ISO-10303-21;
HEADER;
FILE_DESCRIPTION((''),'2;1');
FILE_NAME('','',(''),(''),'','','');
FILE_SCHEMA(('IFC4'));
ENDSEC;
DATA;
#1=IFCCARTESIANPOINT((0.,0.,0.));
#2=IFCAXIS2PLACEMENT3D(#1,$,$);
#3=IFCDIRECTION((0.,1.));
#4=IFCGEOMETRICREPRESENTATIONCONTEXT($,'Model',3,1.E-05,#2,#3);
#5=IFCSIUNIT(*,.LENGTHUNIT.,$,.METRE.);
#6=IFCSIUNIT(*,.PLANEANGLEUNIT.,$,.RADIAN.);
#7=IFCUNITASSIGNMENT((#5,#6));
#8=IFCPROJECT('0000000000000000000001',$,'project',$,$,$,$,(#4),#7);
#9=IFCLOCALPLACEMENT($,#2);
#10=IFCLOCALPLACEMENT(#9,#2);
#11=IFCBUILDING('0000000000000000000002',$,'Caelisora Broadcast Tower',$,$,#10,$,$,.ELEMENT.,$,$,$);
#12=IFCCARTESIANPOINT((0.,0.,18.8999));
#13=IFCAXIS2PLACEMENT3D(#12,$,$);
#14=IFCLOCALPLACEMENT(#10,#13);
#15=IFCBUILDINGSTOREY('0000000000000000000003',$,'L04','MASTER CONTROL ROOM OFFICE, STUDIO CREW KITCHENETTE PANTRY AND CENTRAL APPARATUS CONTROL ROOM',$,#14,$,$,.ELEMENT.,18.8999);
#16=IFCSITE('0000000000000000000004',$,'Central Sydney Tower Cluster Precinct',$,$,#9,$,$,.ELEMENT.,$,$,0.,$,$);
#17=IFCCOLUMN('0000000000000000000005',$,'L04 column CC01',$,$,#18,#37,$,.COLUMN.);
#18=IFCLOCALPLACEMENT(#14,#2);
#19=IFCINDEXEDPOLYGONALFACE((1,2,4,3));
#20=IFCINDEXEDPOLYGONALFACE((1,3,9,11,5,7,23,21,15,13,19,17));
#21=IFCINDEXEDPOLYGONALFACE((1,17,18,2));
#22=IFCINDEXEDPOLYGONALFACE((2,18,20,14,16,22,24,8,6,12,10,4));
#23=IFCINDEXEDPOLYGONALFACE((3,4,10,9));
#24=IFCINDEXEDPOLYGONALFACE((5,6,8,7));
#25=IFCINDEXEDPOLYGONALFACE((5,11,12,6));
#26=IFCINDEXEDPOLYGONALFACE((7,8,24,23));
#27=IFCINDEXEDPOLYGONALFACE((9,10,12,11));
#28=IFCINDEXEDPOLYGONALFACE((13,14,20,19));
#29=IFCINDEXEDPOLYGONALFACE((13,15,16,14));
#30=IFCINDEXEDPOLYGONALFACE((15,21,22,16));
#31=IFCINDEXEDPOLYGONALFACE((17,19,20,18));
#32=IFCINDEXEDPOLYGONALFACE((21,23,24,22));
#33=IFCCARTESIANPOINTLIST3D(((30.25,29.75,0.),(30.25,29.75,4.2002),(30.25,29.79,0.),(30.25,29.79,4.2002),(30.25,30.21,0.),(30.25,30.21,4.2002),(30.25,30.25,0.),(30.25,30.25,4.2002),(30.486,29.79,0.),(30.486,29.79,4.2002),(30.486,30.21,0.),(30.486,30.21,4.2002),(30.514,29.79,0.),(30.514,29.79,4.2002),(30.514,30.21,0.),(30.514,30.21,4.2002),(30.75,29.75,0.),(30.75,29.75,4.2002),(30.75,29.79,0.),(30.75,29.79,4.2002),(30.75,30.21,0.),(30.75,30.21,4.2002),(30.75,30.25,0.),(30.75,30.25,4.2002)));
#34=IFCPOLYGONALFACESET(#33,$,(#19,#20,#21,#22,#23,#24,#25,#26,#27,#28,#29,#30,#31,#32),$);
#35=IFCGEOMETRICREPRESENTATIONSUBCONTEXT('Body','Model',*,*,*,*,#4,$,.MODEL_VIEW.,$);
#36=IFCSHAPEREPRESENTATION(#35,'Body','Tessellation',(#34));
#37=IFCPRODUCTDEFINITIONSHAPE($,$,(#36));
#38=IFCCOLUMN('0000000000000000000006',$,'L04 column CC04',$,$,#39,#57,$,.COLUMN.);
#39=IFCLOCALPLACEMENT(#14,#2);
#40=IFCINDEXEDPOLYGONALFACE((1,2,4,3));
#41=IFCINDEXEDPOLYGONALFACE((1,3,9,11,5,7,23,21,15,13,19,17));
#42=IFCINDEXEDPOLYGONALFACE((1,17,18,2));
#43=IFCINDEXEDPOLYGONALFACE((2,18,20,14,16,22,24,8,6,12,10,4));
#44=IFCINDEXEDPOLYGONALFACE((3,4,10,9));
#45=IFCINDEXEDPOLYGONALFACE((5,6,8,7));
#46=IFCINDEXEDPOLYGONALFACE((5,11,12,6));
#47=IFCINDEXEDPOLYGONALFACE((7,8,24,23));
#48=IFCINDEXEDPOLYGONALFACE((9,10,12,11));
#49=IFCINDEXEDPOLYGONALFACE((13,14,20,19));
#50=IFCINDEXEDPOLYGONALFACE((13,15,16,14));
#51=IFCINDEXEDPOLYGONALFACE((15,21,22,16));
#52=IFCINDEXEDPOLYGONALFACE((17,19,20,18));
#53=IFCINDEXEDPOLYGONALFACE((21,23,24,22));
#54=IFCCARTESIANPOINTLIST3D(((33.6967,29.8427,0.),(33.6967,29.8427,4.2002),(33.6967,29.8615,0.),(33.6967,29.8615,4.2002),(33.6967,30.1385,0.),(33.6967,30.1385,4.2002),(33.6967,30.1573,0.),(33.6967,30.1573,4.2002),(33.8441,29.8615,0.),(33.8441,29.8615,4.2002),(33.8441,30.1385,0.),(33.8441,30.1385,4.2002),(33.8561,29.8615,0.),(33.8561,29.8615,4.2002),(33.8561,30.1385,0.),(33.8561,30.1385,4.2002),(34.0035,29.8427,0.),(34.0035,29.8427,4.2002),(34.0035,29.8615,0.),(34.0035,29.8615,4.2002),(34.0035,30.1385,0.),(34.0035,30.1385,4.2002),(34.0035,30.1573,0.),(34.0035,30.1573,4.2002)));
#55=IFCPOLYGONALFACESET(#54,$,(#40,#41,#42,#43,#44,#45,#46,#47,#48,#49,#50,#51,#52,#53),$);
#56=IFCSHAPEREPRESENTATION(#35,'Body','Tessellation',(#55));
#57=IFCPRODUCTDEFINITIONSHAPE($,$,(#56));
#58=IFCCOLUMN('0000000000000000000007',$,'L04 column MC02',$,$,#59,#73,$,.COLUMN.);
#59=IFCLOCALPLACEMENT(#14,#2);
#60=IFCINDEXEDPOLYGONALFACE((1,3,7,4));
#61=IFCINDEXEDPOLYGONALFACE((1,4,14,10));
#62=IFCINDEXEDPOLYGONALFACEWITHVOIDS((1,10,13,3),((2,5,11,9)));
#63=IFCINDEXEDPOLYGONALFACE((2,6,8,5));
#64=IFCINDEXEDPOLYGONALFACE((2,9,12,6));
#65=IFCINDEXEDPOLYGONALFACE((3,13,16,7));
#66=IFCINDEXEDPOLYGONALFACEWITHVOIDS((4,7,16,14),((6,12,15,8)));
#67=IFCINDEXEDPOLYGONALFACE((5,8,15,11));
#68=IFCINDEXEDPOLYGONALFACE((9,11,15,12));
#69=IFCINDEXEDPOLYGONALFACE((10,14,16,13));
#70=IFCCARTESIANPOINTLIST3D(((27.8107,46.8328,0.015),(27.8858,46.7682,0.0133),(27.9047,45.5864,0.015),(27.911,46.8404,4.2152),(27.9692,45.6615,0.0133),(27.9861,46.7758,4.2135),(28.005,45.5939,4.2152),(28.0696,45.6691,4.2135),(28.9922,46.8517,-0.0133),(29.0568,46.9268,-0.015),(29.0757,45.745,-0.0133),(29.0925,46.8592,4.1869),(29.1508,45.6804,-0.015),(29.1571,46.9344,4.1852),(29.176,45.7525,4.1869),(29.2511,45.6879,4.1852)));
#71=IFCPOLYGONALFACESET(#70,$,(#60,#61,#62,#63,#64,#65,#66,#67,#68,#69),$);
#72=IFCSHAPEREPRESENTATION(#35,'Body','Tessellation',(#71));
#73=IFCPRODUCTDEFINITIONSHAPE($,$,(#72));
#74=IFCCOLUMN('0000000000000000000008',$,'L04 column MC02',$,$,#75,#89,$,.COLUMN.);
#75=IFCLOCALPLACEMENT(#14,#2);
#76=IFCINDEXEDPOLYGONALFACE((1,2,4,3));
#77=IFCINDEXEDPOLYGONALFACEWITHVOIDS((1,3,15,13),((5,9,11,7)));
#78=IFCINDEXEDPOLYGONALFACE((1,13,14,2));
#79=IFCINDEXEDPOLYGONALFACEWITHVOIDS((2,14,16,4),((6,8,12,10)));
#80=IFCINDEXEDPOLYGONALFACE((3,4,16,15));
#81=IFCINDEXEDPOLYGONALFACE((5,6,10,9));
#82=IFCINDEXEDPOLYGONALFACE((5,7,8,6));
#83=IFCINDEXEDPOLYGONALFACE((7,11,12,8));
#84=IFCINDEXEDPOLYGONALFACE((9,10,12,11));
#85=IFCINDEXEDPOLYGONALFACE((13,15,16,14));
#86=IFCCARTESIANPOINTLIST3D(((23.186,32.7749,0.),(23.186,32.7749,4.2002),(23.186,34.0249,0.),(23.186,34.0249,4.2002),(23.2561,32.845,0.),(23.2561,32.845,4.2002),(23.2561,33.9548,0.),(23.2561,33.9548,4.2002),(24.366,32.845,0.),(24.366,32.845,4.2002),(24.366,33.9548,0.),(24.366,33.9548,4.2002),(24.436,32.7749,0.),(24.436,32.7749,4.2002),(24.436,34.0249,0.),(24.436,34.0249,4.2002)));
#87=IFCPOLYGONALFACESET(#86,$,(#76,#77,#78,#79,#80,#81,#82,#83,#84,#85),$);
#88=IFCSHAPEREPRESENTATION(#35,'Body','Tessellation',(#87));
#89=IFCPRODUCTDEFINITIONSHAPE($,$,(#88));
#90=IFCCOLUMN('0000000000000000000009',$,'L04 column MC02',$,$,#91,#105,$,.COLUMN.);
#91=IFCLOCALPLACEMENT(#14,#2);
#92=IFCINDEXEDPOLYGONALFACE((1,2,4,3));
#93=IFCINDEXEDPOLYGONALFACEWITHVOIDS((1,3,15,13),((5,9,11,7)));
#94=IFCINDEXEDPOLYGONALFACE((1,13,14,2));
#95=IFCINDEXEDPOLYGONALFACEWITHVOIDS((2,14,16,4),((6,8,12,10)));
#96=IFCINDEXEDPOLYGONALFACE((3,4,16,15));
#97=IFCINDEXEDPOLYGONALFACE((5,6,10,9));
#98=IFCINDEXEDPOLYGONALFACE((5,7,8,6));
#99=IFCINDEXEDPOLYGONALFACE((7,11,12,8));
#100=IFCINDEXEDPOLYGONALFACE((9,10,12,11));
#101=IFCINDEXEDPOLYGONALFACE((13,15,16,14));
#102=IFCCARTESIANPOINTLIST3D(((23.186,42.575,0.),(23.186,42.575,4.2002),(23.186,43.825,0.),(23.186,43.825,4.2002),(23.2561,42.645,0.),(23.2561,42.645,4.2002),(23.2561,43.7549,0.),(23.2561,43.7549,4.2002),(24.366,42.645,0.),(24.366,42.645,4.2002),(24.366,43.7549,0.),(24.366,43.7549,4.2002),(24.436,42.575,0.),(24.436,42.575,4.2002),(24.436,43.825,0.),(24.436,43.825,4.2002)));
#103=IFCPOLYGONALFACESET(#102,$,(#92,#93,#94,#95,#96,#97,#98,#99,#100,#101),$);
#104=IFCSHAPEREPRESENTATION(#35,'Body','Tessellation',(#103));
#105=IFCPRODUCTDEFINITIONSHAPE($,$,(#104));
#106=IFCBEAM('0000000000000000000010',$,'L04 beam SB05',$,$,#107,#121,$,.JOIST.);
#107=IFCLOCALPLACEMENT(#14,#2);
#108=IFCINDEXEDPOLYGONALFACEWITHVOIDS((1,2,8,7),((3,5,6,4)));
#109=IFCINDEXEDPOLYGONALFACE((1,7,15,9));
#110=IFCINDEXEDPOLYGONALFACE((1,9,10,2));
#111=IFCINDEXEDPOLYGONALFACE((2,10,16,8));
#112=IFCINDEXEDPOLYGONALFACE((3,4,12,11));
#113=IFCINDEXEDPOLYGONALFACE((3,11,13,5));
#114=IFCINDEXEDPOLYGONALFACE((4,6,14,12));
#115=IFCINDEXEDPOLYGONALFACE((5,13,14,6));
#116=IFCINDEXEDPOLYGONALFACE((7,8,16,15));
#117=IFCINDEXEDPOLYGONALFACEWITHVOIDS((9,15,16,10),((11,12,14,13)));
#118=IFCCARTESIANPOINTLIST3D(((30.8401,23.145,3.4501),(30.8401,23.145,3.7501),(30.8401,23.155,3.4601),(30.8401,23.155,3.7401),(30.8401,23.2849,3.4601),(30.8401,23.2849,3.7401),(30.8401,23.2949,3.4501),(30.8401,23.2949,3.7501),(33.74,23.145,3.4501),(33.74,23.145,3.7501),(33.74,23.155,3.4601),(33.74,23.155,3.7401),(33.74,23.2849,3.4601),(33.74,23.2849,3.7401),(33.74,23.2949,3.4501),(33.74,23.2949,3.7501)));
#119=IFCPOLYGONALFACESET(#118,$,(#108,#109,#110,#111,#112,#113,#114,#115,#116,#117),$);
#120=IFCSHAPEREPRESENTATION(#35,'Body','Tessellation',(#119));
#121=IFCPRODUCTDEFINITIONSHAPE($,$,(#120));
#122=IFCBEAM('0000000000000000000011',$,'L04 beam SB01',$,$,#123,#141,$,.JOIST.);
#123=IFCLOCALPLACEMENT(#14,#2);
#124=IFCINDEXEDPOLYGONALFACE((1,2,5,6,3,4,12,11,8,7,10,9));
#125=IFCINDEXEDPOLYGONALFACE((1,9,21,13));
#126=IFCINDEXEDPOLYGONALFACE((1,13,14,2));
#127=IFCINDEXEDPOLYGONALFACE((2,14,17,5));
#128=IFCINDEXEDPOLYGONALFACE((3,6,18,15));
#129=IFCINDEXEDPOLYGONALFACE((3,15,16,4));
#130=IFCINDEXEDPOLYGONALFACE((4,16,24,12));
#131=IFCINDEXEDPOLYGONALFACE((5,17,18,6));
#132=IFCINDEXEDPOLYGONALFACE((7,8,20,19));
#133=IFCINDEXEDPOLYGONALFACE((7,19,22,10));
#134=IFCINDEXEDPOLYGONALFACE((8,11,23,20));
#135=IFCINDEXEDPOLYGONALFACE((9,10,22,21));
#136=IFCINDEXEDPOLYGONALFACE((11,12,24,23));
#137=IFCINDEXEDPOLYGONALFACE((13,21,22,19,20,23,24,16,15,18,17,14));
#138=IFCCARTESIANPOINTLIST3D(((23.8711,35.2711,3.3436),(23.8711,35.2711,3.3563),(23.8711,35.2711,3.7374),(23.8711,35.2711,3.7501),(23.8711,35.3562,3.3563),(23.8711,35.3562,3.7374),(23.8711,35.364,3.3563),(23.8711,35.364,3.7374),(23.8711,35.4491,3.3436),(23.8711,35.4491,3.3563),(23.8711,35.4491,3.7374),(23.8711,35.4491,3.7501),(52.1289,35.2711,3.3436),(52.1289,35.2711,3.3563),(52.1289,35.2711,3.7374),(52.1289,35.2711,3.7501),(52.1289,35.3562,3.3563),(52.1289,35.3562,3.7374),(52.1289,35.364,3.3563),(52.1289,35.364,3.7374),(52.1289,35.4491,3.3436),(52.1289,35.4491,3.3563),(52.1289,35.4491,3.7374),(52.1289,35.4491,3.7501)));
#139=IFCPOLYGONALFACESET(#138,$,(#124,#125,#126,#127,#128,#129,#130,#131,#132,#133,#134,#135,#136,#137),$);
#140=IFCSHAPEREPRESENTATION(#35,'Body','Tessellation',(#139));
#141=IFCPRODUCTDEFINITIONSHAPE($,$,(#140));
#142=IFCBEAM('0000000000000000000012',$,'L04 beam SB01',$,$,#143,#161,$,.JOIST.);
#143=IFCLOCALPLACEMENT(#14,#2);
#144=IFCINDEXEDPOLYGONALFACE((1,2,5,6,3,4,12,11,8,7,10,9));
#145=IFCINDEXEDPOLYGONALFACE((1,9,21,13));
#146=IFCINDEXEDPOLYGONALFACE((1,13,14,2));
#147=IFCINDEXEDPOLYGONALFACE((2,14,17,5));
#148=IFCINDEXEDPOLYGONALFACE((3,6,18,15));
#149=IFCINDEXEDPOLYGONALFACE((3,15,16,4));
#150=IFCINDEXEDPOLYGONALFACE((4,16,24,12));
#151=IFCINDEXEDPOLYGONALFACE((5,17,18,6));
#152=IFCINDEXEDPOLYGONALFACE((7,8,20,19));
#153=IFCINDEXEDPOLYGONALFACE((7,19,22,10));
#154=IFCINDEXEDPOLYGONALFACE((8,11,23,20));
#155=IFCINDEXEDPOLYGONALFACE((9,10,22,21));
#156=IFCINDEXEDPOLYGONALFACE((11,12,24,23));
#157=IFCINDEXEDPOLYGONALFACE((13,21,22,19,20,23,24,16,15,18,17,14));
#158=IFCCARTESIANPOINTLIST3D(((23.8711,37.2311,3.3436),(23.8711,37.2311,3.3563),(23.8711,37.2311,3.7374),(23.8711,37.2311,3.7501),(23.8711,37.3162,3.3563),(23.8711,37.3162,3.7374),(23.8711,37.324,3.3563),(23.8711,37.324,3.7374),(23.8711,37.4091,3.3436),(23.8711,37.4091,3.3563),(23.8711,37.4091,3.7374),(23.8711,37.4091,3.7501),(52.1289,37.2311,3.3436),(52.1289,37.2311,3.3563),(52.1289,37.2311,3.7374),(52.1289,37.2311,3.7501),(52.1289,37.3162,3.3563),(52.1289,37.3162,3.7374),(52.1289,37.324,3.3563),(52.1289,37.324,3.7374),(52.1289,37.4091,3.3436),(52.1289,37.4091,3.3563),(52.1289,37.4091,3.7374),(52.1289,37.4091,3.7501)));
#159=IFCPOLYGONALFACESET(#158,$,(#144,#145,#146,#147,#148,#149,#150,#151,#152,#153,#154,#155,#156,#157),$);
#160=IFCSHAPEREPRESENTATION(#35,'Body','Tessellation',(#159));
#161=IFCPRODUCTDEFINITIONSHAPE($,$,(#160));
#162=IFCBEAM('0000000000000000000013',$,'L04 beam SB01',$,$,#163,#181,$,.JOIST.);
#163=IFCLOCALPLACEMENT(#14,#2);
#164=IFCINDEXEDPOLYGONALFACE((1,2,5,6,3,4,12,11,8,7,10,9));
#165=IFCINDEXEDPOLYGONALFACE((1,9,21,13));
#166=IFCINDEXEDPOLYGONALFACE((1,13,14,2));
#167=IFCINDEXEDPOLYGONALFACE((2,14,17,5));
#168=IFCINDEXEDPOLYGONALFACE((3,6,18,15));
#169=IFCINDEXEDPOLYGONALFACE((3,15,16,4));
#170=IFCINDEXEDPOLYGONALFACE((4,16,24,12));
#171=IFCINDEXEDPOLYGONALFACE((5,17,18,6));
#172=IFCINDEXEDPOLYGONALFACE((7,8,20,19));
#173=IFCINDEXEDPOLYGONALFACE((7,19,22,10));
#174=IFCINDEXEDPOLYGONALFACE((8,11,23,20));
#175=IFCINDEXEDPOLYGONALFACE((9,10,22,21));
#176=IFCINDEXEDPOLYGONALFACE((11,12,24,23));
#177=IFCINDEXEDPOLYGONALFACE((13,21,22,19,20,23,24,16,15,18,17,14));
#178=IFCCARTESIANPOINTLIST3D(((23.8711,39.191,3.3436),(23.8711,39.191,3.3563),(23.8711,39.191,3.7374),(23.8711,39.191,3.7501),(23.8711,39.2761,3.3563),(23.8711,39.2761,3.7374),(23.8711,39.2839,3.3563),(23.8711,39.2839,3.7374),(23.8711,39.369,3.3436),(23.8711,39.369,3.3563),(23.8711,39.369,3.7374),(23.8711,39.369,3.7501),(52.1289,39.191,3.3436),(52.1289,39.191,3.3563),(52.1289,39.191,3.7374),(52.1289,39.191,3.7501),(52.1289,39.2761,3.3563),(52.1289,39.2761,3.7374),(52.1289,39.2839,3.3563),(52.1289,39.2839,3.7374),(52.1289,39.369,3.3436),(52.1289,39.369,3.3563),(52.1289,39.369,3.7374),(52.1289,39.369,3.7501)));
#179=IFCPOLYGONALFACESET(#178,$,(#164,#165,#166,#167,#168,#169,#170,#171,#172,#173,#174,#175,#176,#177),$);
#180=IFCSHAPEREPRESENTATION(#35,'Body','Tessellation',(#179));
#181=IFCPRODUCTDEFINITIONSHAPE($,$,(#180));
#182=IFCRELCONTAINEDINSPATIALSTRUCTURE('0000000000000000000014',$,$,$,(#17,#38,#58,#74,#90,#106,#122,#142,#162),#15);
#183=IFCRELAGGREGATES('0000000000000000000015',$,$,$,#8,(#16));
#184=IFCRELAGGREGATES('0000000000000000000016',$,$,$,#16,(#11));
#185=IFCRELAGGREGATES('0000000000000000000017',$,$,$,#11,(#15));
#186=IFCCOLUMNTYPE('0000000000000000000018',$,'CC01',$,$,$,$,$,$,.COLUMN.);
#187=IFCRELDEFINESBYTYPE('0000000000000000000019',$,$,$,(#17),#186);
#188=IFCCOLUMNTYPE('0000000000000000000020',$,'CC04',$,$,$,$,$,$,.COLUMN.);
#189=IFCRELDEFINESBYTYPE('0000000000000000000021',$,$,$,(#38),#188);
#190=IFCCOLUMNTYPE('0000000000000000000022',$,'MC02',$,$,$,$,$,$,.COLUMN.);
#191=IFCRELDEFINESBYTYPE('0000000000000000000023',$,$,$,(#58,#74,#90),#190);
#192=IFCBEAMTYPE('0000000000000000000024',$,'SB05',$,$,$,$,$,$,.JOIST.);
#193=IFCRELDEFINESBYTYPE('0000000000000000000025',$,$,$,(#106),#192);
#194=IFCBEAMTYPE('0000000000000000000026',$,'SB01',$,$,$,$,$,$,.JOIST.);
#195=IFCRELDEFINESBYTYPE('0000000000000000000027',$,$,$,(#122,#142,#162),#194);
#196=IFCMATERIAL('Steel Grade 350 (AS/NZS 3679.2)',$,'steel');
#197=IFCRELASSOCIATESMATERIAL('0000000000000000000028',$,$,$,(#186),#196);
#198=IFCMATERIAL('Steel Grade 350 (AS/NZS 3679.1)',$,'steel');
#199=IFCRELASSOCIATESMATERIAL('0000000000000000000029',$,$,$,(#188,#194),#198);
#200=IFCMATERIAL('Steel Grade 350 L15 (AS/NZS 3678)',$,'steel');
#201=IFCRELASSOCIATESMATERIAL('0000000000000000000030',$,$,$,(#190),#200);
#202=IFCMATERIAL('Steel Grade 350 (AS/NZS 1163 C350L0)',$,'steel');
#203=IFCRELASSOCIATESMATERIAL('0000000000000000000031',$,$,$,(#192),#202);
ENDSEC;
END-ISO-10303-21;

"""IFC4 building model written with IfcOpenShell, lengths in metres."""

from ifc_helpers import new_model, si_unit, direction, frame, origin, origin_2d, place, context, subcontext, project, spatial, hollow_rectangle, i_section, extrude, source, transform, mapped, material, material_profile, profile_set, type_object, type_shapes, element, save


model = new_model("IFC4")

# Units and contexts
model_context = context("Model", 3, precision=1e-05, world=origin(), true_north=direction((0.0, 1.0)))
body_context = subcontext(model_context, "Body", "Model", "MODEL_VIEW")
ifc_project = project(units=[si_unit("LENGTHUNIT", "METRE"), si_unit("PLANEANGLEUNIT", "RADIAN")], contexts=[model_context])

# Site, building, storey
site_placement = place(None, origin())
site = spatial("IfcSite", under=ifc_project, at=site_placement, Name="Central Sydney Tower Cluster Precinct", CompositionType="ELEMENT", RefElevation=0.0)
building_placement = place(site_placement, origin())
building = spatial("IfcBuilding", under=site, at=building_placement, Name="Caelisora Broadcast Tower", CompositionType="ELEMENT")
storey_placement = place(building_placement, frame((0.0, 0.0, 18.8999)))
storey = spatial("IfcBuildingStorey", under=building, at=storey_placement, Name="L04", Description="MASTER CONTROL ROOM OFFICE, STUDIO CREW KITCHENETTE PANTRY AND CENTRAL APPARATUS CONTROL ROOM", CompositionType="ELEMENT", Elevation=18.8999)

# Columns
ifc_material_1 = material(Name="Steel Grade 350 (AS/NZS 3679.2)", Category="steel")
ifc_material_profile_1 = material_profile(ifc_material_1, i_section(OverallWidth=0.5, OverallDepth=0.5, WebThickness=0.0281, FlangeThickness=0.04, at=origin_2d()), Name="Steel Grade 350 (AS/NZS 3679.2)")
ifc_profile_set_1 = profile_set([ifc_material_profile_1], Name="Steel Grade 350 (AS/NZS 3679.2)")
column_type_1 = type_object("IfcColumnType", Name="CC01", PredefinedType="COLUMN", material=ifc_profile_set_1)
shared_shape_1 = source(origin(), body_context, "Body", "SweptSolid", [
    extrude(i_section(OverallWidth=0.5, OverallDepth=0.5, WebThickness=0.0281, FlangeThickness=0.04, at=origin_2d()), origin(), (0.0, 0.0, 1.0), 4.2002),
])
type_shapes(column_type_1, [shared_shape_1])
column_1_placement = place(storey_placement, frame((30.5, 30.0, 0.0), z_axis=(0.0, 0.0, 1.0), x_axis=(1.0, 0.0, 0.0)))
element("IfcColumn", 1, at=column_1_placement, inside=storey, type_object=column_type_1, Name="L04 column CC01", PredefinedType="COLUMN", context=body_context, shape_type="MappedRepresentation", body=[
    mapped(shared_shape_1, transform((0.0, 0.0, 0.0), scale=1.0)),
])
ifc_material_2 = material(Name="Steel Grade 350 (AS/NZS 3679.1)", Category="steel")
ifc_material_profile_2 = material_profile(ifc_material_2, i_section(OverallWidth=0.3069, OverallDepth=0.3147, WebThickness=0.012, FlangeThickness=0.0188, at=origin_2d()), Name="Steel Grade 350 (AS/NZS 3679.1)")
ifc_profile_set_2 = profile_set([ifc_material_profile_2], Name="Steel Grade 350 (AS/NZS 3679.1)")
column_type_2 = type_object("IfcColumnType", Name="CC04", PredefinedType="COLUMN", material=ifc_profile_set_2)
shared_shape_2 = source(origin(), body_context, "Body", "SweptSolid", [
    extrude(i_section(OverallWidth=0.3069, OverallDepth=0.3147, WebThickness=0.012, FlangeThickness=0.0188, at=origin_2d()), origin(), (0.0, 0.0, 1.0), 4.2002),
])
type_shapes(column_type_2, [shared_shape_2])
column_2_placement = place(storey_placement, frame((33.8501, 30.0, 0.0), z_axis=(0.0, 0.0, 1.0), x_axis=(1.0, 0.0, 0.0)))
element("IfcColumn", 2, at=column_2_placement, inside=storey, type_object=column_type_2, Name="L04 column CC04", PredefinedType="COLUMN", context=body_context, shape_type="MappedRepresentation", body=[
    mapped(shared_shape_2, transform((0.0, 0.0, 0.0), scale=1.0)),
])
ifc_material_3 = material(Name="Steel Grade 350 L15 (AS/NZS 3678)", Category="steel")
ifc_material_profile_3 = material_profile(ifc_material_3, hollow_rectangle(XDim=1.25, YDim=1.25, WallThickness=0.0701, at=origin_2d()), Name="Steel Grade 350 L15 (AS/NZS 3678)")
ifc_profile_set_3 = profile_set([ifc_material_profile_3], Name="Steel Grade 350 L15 (AS/NZS 3678)")
column_type_3 = type_object("IfcColumnType", Name="MC02", PredefinedType="COLUMN", material=ifc_profile_set_3)
shared_shape_3 = source(origin(), body_context, "Body", "SweptSolid", [
    extrude(hollow_rectangle(XDim=1.25, YDim=1.25, WallThickness=0.0701, at=origin_2d()), origin(), (0.0, 0.0, 1.0), 4.2014),
])
column_3_placement = place(storey_placement, frame((28.4807, 46.2566, 0.0), z_axis=(0.023883, 0.001801, 0.999713), x_axis=(-0.075212, 0.997168, 0.0)))
element("IfcColumn", 3, at=column_3_placement, inside=storey, type_object=column_type_3, Name="L04 column MC02", PredefinedType="COLUMN", context=body_context, shape_type="MappedRepresentation", body=[
    mapped(shared_shape_3, transform((0.0, 0.0, 0.0), scale=1.0)),
])
shared_shape_4 = source(origin(), body_context, "Body", "SweptSolid", [
    extrude(hollow_rectangle(XDim=1.25, YDim=1.25, WallThickness=0.0701, at=origin_2d()), origin(), (0.0, 0.0, 1.0), 4.2002),
])
type_shapes(column_type_3, [shared_shape_3, shared_shape_4])
for number, where, z_axis, x_axis, name in (
    (4, (23.811, 33.3999, 0.0), (0.0, 0.0, 1.0), (1.0, 0.0, 0.0), "L04 column MC02"),
    (5, (23.811, 43.2, 0.0), (0.0, 0.0, 1.0), (1.0, 0.0, 0.0), "L04 column MC02"),
):
    element("IfcColumn", number, at=place(storey_placement, frame(where, z_axis=z_axis, x_axis=x_axis)), inside=storey, type_object=column_type_3, Name=name, PredefinedType="COLUMN", context=body_context, shape_type="MappedRepresentation", body=[
        mapped(shared_shape_4, transform((0.0, 0.0, 0.0), scale=1.0)),
    ])

# Beams
ifc_material_4 = material(Name="Steel Grade 350 (AS/NZS 1163 C350L0)", Category="steel")
ifc_material_profile_4 = material_profile(ifc_material_4, hollow_rectangle(XDim=0.1499, YDim=0.3, WallThickness=0.01, at=origin_2d()), Name="Steel Grade 350 (AS/NZS 1163 C350L0)")
ifc_profile_set_4 = profile_set([ifc_material_profile_4], Name="Steel Grade 350 (AS/NZS 1163 C350L0)")
beam_type_1 = type_object("IfcBeamType", Name="SB05", PredefinedType="JOIST", material=ifc_profile_set_4)
shared_shape_5 = source(origin(), body_context, "Body", "SweptSolid", [
    extrude(hollow_rectangle(XDim=0.1499, YDim=0.3, WallThickness=0.01, at=origin_2d()), origin(), (0.0, 0.0, 1.0), 2.8999),
])
type_shapes(beam_type_1, [shared_shape_5])
beam_1_placement = place(storey_placement, frame((30.8401, 23.22, 3.6001), z_axis=(1.0, 0.0, 0.0), x_axis=(0.0, 1.0, 0.0)))
element("IfcBeam", 6, at=beam_1_placement, inside=storey, type_object=beam_type_1, Name="L04 beam SB05", PredefinedType="JOIST", context=body_context, shape_type="MappedRepresentation", body=[
    mapped(shared_shape_5, transform((0.0, 0.0, 0.0), scale=1.0)),
])
ifc_material_profile_5 = material_profile(ifc_material_2, i_section(OverallWidth=0.178, OverallDepth=0.4065, WebThickness=0.0078, FlangeThickness=0.0127, at=origin_2d()), Name="Steel Grade 350 (AS/NZS 3679.1)")
ifc_profile_set_5 = profile_set([ifc_material_profile_5], Name="Steel Grade 350 (AS/NZS 3679.1)")
beam_type_2 = type_object("IfcBeamType", Name="SB01", PredefinedType="JOIST", material=ifc_profile_set_5)
shared_shape_6 = source(origin(), body_context, "Body", "SweptSolid", [
    extrude(i_section(OverallWidth=0.178, OverallDepth=0.4065, WebThickness=0.0078, FlangeThickness=0.0127, at=origin_2d()), origin(), (0.0, 0.0, 1.0), 28.2578),
])
type_shapes(beam_type_2, [shared_shape_6])
for number, where, z_axis, x_axis, name in (
    (7, (23.8711, 35.3601, 3.5469), (1.0, 0.0, 0.0), (0.0, 1.0, 0.0), "L04 beam SB01"),
    (8, (23.8711, 37.3201, 3.5469), (1.0, 0.0, 0.0), (0.0, 1.0, 0.0), "L04 beam SB01"),
    (9, (23.8711, 39.28, 3.5469), (1.0, 0.0, 0.0), (0.0, 1.0, 0.0), "L04 beam SB01"),
):
    element("IfcBeam", number, at=place(storey_placement, frame(where, z_axis=z_axis, x_axis=x_axis)), inside=storey, type_object=beam_type_2, Name=name, PredefinedType="JOIST", context=body_context, shape_type="MappedRepresentation", body=[
        mapped(shared_shape_6, transform((0.0, 0.0, 0.0), scale=1.0)),
    ])

save(model, "model.ifc")
